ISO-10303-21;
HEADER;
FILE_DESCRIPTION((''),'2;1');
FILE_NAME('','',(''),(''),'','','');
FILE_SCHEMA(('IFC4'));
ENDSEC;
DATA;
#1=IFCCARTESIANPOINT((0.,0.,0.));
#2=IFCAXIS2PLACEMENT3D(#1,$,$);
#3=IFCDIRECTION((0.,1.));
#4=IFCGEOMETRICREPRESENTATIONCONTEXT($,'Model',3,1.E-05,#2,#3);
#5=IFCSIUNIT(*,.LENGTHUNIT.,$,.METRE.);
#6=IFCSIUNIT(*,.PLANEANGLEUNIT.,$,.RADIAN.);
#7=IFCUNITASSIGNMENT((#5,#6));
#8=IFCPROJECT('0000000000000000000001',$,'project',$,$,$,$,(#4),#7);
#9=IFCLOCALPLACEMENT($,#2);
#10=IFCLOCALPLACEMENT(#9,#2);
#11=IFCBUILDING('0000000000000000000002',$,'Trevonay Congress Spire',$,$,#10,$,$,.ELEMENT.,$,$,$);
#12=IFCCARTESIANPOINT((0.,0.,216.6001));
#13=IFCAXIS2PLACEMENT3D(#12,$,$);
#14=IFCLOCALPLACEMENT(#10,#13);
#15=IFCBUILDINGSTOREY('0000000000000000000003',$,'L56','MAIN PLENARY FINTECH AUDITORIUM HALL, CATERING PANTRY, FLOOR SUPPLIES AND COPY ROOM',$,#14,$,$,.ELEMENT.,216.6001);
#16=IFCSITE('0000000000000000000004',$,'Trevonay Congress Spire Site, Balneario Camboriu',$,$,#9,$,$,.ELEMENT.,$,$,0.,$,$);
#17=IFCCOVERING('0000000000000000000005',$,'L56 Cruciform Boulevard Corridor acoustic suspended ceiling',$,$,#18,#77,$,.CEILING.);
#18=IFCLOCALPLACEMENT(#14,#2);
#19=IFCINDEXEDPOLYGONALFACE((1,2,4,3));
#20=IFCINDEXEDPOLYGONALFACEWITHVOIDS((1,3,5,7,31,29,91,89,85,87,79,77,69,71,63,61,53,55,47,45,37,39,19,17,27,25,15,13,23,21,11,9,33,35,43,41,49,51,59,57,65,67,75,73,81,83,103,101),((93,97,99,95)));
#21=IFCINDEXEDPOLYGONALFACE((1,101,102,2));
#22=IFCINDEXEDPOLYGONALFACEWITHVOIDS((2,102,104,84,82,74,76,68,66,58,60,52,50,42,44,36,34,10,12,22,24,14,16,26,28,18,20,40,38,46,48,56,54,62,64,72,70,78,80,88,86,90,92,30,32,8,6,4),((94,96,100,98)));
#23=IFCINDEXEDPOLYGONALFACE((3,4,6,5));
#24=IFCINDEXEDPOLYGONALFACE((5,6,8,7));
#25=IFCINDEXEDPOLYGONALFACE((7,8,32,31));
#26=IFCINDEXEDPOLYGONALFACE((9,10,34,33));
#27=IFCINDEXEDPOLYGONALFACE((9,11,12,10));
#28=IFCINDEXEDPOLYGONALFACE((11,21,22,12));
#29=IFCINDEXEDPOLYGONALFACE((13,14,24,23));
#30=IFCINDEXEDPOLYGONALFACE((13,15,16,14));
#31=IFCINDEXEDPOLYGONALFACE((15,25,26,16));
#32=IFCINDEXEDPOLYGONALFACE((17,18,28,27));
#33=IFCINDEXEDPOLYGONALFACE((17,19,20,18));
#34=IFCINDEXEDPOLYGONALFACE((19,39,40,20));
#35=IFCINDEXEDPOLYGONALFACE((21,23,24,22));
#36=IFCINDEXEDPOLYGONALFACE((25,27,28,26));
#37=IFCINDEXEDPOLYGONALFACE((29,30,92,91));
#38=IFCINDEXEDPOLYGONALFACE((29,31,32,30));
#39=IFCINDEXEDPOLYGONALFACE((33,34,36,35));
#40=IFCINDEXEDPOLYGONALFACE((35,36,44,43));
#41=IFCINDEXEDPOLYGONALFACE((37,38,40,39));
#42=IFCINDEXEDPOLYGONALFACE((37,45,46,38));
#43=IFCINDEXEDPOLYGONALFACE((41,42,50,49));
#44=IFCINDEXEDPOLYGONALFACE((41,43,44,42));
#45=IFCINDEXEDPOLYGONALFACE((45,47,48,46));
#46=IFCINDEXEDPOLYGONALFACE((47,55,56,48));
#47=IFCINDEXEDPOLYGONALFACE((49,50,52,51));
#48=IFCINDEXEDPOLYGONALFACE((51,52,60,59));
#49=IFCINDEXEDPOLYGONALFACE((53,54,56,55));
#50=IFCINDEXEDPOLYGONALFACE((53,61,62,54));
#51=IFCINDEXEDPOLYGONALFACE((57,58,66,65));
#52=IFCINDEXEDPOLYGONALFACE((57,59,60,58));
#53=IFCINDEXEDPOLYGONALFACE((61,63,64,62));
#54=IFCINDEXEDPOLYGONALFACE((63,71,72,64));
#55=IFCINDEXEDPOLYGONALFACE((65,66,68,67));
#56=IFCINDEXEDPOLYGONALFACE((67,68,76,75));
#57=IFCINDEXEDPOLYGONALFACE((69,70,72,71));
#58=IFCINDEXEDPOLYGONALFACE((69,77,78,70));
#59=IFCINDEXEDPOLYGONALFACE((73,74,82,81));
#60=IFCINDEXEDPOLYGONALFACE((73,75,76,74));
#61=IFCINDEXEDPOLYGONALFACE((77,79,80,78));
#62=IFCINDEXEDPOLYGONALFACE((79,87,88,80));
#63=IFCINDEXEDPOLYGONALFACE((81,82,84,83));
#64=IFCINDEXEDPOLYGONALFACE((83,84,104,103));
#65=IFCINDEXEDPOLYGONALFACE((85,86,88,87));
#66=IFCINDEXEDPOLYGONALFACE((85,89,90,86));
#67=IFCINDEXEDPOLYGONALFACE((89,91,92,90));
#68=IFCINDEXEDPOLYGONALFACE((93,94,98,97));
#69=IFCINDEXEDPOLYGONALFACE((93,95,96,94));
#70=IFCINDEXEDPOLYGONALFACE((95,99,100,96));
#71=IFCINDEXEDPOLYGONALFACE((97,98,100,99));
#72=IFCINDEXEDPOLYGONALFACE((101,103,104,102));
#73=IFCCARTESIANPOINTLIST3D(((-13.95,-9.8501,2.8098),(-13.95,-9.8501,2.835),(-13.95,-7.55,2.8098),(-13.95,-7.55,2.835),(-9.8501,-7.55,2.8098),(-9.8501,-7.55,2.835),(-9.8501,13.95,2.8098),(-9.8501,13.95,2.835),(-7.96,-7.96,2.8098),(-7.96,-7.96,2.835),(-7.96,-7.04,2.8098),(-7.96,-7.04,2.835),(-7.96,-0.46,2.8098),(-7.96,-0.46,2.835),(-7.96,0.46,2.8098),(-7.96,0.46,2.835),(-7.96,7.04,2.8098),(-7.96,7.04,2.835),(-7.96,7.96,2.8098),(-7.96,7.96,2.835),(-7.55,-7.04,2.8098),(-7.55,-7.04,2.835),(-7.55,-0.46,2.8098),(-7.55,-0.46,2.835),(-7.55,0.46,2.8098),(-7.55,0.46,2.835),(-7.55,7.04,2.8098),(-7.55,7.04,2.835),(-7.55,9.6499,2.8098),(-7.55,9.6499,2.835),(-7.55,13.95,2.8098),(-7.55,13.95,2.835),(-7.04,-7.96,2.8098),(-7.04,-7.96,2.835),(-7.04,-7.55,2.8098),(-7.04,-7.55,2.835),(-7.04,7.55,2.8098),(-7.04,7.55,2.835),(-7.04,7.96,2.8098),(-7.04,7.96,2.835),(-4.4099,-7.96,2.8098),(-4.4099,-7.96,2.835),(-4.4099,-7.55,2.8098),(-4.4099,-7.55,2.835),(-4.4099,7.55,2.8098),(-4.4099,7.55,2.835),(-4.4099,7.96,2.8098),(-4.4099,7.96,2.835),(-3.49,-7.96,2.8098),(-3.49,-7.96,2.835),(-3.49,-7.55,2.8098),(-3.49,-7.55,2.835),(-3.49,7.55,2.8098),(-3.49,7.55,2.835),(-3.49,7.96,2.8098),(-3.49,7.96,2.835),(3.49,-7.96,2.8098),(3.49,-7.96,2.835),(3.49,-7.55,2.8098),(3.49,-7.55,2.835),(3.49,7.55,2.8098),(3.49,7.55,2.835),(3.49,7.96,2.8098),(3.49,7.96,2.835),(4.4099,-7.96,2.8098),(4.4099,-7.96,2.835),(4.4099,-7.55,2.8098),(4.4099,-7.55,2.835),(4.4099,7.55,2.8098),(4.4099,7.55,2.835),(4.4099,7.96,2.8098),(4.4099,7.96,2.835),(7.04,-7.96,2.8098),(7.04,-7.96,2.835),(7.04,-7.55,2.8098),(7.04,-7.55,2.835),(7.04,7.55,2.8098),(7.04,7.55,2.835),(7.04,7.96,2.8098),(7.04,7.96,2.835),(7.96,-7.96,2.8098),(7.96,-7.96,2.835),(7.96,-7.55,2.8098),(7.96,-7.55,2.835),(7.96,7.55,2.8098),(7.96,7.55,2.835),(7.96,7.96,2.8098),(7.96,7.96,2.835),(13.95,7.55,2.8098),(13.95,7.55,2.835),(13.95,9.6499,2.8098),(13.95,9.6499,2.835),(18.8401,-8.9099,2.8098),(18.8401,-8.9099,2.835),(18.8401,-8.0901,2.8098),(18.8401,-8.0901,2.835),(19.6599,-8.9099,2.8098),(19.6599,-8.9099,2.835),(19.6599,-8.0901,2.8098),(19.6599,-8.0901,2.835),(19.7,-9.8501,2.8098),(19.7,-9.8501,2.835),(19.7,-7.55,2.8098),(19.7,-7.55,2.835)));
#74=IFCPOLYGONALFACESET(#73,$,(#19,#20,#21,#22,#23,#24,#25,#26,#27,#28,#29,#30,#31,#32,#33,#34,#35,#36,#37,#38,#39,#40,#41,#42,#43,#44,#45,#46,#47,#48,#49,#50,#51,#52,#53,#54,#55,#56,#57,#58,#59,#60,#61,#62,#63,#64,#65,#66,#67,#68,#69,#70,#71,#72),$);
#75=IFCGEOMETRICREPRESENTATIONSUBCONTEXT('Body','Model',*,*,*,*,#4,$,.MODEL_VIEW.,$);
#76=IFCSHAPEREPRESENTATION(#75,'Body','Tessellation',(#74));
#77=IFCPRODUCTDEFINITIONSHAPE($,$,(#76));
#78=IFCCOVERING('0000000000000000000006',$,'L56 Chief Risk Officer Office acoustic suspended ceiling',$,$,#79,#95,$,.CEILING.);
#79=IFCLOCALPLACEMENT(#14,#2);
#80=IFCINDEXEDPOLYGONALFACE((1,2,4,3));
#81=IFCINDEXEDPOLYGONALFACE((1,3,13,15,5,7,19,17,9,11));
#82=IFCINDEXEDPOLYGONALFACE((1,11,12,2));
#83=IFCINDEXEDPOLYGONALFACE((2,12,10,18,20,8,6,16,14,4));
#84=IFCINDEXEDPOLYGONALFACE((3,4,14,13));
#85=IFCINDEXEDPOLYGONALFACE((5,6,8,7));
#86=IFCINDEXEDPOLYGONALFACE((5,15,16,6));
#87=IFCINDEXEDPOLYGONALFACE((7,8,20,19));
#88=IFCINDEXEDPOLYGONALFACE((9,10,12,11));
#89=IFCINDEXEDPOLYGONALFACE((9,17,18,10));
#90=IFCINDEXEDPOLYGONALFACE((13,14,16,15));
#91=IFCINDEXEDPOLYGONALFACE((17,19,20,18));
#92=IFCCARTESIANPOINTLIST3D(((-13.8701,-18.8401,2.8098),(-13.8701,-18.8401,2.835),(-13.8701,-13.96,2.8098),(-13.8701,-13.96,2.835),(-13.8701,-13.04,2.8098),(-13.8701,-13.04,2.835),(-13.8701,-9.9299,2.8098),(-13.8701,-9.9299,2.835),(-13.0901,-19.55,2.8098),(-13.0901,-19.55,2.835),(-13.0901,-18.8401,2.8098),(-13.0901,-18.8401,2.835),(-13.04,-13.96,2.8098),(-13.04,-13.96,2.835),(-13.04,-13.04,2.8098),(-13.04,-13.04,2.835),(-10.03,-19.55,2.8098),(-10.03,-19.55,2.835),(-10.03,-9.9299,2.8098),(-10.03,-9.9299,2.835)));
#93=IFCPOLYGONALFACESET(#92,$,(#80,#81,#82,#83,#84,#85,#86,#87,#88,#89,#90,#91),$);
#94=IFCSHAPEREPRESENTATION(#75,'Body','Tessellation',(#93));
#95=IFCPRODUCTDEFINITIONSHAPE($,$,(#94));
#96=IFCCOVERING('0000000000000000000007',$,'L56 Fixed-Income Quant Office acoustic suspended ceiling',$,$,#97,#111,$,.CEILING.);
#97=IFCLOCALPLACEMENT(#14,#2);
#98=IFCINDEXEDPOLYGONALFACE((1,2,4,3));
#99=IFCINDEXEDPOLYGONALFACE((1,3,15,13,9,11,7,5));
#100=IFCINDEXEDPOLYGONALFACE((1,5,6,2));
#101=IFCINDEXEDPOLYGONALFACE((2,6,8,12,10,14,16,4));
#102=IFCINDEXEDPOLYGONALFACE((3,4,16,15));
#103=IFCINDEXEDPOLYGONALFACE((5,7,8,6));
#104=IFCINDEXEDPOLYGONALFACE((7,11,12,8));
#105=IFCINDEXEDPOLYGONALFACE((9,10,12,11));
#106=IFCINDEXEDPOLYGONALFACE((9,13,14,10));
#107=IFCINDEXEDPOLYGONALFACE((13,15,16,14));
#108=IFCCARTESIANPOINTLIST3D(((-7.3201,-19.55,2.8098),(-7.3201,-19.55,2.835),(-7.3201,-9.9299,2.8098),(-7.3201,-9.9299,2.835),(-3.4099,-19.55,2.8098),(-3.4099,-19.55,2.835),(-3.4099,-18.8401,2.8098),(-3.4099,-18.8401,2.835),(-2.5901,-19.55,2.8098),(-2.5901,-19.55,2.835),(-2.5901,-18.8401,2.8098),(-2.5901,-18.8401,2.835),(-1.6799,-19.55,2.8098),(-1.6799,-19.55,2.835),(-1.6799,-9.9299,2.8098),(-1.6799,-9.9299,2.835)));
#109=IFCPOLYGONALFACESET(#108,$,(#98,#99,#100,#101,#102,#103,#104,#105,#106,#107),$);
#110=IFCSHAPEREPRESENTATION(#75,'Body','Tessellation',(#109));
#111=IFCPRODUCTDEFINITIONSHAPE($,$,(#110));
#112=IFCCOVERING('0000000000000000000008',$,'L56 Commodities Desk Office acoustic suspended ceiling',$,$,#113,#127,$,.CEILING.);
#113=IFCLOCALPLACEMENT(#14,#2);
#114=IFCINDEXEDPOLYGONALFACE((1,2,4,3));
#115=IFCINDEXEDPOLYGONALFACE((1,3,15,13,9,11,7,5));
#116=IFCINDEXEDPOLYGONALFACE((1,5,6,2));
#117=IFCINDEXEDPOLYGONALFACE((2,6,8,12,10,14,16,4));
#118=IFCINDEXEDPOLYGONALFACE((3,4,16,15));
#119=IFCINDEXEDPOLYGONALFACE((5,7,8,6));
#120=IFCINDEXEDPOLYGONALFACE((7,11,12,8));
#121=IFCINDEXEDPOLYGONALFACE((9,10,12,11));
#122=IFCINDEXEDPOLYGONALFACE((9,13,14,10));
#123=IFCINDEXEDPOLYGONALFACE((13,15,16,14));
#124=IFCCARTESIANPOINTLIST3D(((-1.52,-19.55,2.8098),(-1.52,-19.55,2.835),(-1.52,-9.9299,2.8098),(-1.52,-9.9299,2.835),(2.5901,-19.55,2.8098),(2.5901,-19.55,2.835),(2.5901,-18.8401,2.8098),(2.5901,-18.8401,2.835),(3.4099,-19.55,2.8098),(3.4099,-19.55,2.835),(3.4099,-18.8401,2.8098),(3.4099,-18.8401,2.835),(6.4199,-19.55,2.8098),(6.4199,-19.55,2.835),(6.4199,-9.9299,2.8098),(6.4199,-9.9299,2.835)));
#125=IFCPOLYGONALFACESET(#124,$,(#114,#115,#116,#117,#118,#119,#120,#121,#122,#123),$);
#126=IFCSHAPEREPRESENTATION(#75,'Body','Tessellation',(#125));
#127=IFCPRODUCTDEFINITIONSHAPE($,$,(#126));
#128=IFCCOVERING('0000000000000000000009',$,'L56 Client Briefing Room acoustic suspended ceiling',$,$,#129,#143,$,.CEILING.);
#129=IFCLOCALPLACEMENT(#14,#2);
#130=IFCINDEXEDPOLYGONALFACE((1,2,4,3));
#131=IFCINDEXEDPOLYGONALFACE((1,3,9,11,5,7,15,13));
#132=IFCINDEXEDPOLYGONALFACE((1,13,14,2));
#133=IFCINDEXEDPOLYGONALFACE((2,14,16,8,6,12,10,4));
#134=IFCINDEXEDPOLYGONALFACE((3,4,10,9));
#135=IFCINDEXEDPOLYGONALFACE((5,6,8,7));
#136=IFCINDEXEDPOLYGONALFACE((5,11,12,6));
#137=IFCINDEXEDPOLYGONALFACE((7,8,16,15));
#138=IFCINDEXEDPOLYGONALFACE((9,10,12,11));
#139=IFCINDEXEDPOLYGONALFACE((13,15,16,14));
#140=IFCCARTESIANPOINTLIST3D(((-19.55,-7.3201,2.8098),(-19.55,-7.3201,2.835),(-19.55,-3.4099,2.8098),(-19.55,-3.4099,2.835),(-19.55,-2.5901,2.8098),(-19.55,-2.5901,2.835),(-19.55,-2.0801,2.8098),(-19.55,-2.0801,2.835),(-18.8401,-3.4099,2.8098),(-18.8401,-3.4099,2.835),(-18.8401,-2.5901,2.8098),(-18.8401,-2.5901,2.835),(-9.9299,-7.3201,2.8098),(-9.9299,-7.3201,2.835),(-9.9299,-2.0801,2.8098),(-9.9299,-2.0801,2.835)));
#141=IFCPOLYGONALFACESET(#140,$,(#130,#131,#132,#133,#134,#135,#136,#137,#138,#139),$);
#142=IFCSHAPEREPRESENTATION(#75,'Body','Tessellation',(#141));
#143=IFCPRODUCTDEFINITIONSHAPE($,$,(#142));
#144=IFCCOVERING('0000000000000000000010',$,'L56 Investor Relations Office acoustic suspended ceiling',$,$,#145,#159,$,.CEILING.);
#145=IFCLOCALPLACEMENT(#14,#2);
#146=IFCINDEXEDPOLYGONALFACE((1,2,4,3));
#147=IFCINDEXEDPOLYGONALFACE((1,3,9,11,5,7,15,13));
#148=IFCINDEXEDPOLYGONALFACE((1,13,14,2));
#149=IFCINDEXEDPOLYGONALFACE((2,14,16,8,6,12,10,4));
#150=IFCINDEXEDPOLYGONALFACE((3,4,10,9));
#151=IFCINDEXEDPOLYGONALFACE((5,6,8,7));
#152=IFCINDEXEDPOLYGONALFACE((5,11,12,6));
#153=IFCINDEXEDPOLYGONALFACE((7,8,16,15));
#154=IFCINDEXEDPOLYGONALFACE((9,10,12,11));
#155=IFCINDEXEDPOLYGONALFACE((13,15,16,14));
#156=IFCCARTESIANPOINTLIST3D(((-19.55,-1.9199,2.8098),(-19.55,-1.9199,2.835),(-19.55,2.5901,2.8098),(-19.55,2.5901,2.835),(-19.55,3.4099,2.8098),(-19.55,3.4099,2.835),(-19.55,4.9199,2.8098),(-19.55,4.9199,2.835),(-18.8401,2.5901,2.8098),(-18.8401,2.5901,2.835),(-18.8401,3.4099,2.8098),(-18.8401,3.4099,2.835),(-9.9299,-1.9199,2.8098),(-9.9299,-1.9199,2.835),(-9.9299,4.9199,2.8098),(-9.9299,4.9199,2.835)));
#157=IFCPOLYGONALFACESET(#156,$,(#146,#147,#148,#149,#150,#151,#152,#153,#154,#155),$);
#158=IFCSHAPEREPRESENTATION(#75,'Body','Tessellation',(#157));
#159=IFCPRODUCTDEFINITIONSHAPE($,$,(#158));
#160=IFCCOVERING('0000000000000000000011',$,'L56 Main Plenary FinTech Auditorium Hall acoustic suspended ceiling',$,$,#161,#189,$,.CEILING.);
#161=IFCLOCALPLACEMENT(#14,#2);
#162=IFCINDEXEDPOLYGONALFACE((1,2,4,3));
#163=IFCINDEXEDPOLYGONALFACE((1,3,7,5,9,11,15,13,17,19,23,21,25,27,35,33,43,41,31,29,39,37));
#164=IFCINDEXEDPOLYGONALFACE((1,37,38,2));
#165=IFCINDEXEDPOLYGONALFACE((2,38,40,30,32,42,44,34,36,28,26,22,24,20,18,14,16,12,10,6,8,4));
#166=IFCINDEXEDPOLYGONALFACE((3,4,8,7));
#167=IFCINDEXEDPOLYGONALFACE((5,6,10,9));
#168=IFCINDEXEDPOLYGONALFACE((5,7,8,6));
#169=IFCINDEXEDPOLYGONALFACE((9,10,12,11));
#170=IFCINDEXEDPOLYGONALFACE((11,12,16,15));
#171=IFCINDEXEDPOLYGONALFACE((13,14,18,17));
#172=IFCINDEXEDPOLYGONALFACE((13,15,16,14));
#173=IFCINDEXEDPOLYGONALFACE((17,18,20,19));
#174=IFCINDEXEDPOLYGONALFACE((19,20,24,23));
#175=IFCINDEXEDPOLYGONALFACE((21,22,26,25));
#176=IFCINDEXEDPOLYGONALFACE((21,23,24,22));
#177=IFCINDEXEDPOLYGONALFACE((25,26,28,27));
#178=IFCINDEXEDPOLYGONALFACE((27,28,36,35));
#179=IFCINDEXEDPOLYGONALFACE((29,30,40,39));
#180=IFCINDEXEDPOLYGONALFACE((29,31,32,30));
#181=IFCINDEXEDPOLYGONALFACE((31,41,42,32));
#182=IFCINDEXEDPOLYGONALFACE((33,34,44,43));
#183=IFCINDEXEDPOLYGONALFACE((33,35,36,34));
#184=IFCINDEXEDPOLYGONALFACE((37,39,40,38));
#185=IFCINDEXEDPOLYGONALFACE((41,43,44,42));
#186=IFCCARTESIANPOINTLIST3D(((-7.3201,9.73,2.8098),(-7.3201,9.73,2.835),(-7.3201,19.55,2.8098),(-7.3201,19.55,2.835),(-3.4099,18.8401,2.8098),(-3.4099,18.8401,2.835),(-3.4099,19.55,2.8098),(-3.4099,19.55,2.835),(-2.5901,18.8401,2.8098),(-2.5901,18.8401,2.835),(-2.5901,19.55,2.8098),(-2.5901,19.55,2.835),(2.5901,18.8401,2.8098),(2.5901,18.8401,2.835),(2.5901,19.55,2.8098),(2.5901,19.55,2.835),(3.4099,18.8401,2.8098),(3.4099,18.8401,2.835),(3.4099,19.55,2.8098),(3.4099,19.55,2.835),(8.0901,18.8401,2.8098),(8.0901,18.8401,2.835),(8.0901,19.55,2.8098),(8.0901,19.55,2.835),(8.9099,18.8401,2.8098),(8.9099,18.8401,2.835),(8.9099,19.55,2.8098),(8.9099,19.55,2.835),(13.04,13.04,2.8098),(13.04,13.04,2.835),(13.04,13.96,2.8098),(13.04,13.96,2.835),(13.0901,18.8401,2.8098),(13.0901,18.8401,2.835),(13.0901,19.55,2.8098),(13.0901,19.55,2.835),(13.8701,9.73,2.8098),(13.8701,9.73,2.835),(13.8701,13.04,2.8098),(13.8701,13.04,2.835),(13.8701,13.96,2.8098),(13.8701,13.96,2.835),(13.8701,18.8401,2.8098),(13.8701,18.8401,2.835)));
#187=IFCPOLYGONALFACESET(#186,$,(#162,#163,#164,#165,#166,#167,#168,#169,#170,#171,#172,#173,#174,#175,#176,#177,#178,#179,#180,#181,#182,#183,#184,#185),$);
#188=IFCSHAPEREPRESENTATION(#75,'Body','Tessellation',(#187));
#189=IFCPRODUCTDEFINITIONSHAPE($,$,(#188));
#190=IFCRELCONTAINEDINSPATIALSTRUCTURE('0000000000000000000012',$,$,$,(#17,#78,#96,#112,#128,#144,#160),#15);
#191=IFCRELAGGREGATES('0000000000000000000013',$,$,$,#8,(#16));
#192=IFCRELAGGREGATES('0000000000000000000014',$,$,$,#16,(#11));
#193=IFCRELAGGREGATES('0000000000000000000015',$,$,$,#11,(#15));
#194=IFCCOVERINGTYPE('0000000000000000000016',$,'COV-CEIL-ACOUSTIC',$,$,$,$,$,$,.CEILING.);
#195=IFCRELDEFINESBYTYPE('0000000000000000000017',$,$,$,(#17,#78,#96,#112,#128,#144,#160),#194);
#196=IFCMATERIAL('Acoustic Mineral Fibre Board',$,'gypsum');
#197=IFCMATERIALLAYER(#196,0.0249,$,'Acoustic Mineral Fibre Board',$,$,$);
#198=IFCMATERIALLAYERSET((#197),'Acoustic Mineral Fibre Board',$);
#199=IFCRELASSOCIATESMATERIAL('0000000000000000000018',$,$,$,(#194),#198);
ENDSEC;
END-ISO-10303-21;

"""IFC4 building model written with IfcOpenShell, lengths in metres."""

from ifc_helpers import new_model, si_unit, direction, frame, origin, place, context, subcontext, project, spatial, polyline, outline, extrude, material, layer, layer_set, type_object, element, save


model = new_model("IFC4")

# Units and contexts
model_context = context("Model", 3, precision=1e-05, world=origin(), true_north=direction((0.0, 1.0)))
body_context = subcontext(model_context, "Body", "Model", "MODEL_VIEW")
ifc_project = project(units=[si_unit("LENGTHUNIT", "METRE"), si_unit("PLANEANGLEUNIT", "RADIAN")], contexts=[model_context])

# Site, building, storey
site_placement = place(None, origin())
site = spatial("IfcSite", under=ifc_project, at=site_placement, Name="Trevonay Congress Spire Site, Balneario Camboriu", CompositionType="ELEMENT", RefElevation=0.0)
building_placement = place(site_placement, origin())
building = spatial("IfcBuilding", under=site, at=building_placement, Name="Trevonay Congress Spire", CompositionType="ELEMENT")
storey_placement = place(building_placement, frame((0.0, 0.0, 216.6001)))
storey = spatial("IfcBuildingStorey", under=building, at=storey_placement, Name="L56", Description="MAIN PLENARY FINTECH AUDITORIUM HALL, CATERING PANTRY, FLOOR SUPPLIES AND COPY ROOM", CompositionType="ELEMENT", Elevation=216.6001)

# Coverings
ifc_material_1 = material(Name="Acoustic Mineral Fibre Board", Category="gypsum")
ifc_layer_1 = layer(ifc_material_1, 0.0249, Name="Acoustic Mineral Fibre Board")
ifc_layer_set_1 = layer_set([ifc_layer_1], Name="Acoustic Mineral Fibre Board")
covering_type_1 = type_object("IfcCoveringType", Name="COV-CEIL-ACOUSTIC", PredefinedType="CEILING", material=ifc_layer_set_1)
covering_1_placement = place(storey_placement, frame((0.0, 0.0, 2.8098)))
element("IfcCovering", 1, at=covering_1_placement, inside=storey, type_object=covering_type_1, Name="L56 Cruciform Boulevard Corridor acoustic suspended ceiling", PredefinedType="CEILING", context=body_context, shape_type="SweptSolid", body=[
    extrude(outline(polyline([(19.7, -7.55), (19.7, -9.8501), (-13.95, -9.8501), (-13.95, -7.55), (-9.8501, -7.55), (-9.8501, 13.95), (-7.55, 13.95), (-7.55, 9.6499), (13.95, 9.6499), (13.95, 7.55), (7.96, 7.55), (7.96, 7.96), (7.04, 7.96), (7.04, 7.55), (4.4099, 7.55), (4.4099, 7.96), (3.49, 7.96), (3.49, 7.55), (-3.49, 7.55), (-3.49, 7.96), (-4.4099, 7.96), (-4.4099, 7.55), (-7.04, 7.55), (-7.04, 7.96), (-7.96, 7.96), (-7.96, 7.04), (-7.55, 7.04), (-7.55, 0.46), (-7.96, 0.46), (-7.96, -0.46), (-7.55, -0.46), (-7.55, -7.04), (-7.96, -7.04), (-7.96, -7.96), (-7.04, -7.96), (-7.04, -7.55), (-4.4099, -7.55), (-4.4099, -7.96), (-3.49, -7.96), (-3.49, -7.55), (3.49, -7.55), (3.49, -7.96), (4.4099, -7.96), (4.4099, -7.55), (7.04, -7.55), (7.04, -7.96), (7.96, -7.96), (7.96, -7.55), (19.7, -7.55)]), holes=[polyline([(19.6599, -8.0901), (18.8401, -8.0901), (18.8401, -8.9099), (19.6599, -8.9099), (19.6599, -8.0901)])]), origin(), (0.0, 0.0, 1.0), 0.0251),
])
covering_2_placement = place(storey_placement, frame((0.0, 0.0, 2.8098)))
element("IfcCovering", 2, at=covering_2_placement, inside=storey, type_object=covering_type_1, Name="L56 Chief Risk Officer Office acoustic suspended ceiling", PredefinedType="CEILING", context=body_context, shape_type="SweptSolid", body=[
    extrude(outline(polyline([(-13.8701, -9.9299), (-10.03, -9.9299), (-10.03, -19.55), (-13.0901, -19.55), (-13.0901, -18.8401), (-13.8701, -18.8401), (-13.8701, -13.96), (-13.04, -13.96), (-13.04, -13.04), (-13.8701, -13.04), (-13.8701, -9.9299)])), origin(), (0.0, 0.0, 1.0), 0.0251),
])
covering_3_placement = place(storey_placement, frame((0.0, 0.0, 2.8098)))
element("IfcCovering", 3, at=covering_3_placement, inside=storey, type_object=covering_type_1, Name="L56 Fixed-Income Quant Office acoustic suspended ceiling", PredefinedType="CEILING", context=body_context, shape_type="SweptSolid", body=[
    extrude(outline(polyline([(-7.3201, -19.55), (-7.3201, -9.9299), (-1.6799, -9.9299), (-1.6799, -19.55), (-2.5901, -19.55), (-2.5901, -18.8401), (-3.4099, -18.8401), (-3.4099, -19.55), (-7.3201, -19.55)])), origin(), (0.0, 0.0, 1.0), 0.0251),
])
covering_4_placement = place(storey_placement, frame((0.0, 0.0, 2.8098)))
element("IfcCovering", 4, at=covering_4_placement, inside=storey, type_object=covering_type_1, Name="L56 Commodities Desk Office acoustic suspended ceiling", PredefinedType="CEILING", context=body_context, shape_type="SweptSolid", body=[
    extrude(outline(polyline([(-1.52, -19.55), (-1.52, -9.9299), (6.4199, -9.9299), (6.4199, -19.55), (3.4099, -19.55), (3.4099, -18.8401), (2.5901, -18.8401), (2.5901, -19.55), (-1.52, -19.55)])), origin(), (0.0, 0.0, 1.0), 0.0251),
])
covering_5_placement = place(storey_placement, frame((0.0, 0.0, 2.8098)))
element("IfcCovering", 5, at=covering_5_placement, inside=storey, type_object=covering_type_1, Name="L56 Client Briefing Room acoustic suspended ceiling", PredefinedType="CEILING", context=body_context, shape_type="SweptSolid", body=[
    extrude(outline(polyline([(-19.55, -2.0801), (-9.9299, -2.0801), (-9.9299, -7.3201), (-19.55, -7.3201), (-19.55, -3.4099), (-18.8401, -3.4099), (-18.8401, -2.5901), (-19.55, -2.5901), (-19.55, -2.0801)])), origin(), (0.0, 0.0, 1.0), 0.0251),
])
covering_6_placement = place(storey_placement, frame((0.0, 0.0, 2.8098)))
element("IfcCovering", 6, at=covering_6_placement, inside=storey, type_object=covering_type_1, Name="L56 Investor Relations Office acoustic suspended ceiling", PredefinedType="CEILING", context=body_context, shape_type="SweptSolid", body=[
    extrude(outline(polyline([(-19.55, 4.9199), (-9.9299, 4.9199), (-9.9299, -1.9199), (-19.55, -1.9199), (-19.55, 2.5901), (-18.8401, 2.5901), (-18.8401, 3.4099), (-19.55, 3.4099), (-19.55, 4.9199)])), origin(), (0.0, 0.0, 1.0), 0.0251),
])
covering_7_placement = place(storey_placement, frame((0.0, 0.0, 2.8098)))
element("IfcCovering", 7, at=covering_7_placement, inside=storey, type_object=covering_type_1, Name="L56 Main Plenary FinTech Auditorium Hall acoustic suspended ceiling", PredefinedType="CEILING", context=body_context, shape_type="SweptSolid", body=[
    extrude(outline(polyline([(13.8701, 9.73), (-7.3201, 9.73), (-7.3201, 19.55), (-3.4099, 19.55), (-3.4099, 18.8401), (-2.5901, 18.8401), (-2.5901, 19.55), (2.5901, 19.55), (2.5901, 18.8401), (3.4099, 18.8401), (3.4099, 19.55), (8.0901, 19.55), (8.0901, 18.8401), (8.9099, 18.8401), (8.9099, 19.55), (13.0901, 19.55), (13.0901, 18.8401), (13.8701, 18.8401), (13.8701, 13.96), (13.04, 13.96), (13.04, 13.04), (13.8701, 13.04), (13.8701, 9.73)])), origin(), (0.0, 0.0, 1.0), 0.0251),
])

save(model, "model.ifc")
